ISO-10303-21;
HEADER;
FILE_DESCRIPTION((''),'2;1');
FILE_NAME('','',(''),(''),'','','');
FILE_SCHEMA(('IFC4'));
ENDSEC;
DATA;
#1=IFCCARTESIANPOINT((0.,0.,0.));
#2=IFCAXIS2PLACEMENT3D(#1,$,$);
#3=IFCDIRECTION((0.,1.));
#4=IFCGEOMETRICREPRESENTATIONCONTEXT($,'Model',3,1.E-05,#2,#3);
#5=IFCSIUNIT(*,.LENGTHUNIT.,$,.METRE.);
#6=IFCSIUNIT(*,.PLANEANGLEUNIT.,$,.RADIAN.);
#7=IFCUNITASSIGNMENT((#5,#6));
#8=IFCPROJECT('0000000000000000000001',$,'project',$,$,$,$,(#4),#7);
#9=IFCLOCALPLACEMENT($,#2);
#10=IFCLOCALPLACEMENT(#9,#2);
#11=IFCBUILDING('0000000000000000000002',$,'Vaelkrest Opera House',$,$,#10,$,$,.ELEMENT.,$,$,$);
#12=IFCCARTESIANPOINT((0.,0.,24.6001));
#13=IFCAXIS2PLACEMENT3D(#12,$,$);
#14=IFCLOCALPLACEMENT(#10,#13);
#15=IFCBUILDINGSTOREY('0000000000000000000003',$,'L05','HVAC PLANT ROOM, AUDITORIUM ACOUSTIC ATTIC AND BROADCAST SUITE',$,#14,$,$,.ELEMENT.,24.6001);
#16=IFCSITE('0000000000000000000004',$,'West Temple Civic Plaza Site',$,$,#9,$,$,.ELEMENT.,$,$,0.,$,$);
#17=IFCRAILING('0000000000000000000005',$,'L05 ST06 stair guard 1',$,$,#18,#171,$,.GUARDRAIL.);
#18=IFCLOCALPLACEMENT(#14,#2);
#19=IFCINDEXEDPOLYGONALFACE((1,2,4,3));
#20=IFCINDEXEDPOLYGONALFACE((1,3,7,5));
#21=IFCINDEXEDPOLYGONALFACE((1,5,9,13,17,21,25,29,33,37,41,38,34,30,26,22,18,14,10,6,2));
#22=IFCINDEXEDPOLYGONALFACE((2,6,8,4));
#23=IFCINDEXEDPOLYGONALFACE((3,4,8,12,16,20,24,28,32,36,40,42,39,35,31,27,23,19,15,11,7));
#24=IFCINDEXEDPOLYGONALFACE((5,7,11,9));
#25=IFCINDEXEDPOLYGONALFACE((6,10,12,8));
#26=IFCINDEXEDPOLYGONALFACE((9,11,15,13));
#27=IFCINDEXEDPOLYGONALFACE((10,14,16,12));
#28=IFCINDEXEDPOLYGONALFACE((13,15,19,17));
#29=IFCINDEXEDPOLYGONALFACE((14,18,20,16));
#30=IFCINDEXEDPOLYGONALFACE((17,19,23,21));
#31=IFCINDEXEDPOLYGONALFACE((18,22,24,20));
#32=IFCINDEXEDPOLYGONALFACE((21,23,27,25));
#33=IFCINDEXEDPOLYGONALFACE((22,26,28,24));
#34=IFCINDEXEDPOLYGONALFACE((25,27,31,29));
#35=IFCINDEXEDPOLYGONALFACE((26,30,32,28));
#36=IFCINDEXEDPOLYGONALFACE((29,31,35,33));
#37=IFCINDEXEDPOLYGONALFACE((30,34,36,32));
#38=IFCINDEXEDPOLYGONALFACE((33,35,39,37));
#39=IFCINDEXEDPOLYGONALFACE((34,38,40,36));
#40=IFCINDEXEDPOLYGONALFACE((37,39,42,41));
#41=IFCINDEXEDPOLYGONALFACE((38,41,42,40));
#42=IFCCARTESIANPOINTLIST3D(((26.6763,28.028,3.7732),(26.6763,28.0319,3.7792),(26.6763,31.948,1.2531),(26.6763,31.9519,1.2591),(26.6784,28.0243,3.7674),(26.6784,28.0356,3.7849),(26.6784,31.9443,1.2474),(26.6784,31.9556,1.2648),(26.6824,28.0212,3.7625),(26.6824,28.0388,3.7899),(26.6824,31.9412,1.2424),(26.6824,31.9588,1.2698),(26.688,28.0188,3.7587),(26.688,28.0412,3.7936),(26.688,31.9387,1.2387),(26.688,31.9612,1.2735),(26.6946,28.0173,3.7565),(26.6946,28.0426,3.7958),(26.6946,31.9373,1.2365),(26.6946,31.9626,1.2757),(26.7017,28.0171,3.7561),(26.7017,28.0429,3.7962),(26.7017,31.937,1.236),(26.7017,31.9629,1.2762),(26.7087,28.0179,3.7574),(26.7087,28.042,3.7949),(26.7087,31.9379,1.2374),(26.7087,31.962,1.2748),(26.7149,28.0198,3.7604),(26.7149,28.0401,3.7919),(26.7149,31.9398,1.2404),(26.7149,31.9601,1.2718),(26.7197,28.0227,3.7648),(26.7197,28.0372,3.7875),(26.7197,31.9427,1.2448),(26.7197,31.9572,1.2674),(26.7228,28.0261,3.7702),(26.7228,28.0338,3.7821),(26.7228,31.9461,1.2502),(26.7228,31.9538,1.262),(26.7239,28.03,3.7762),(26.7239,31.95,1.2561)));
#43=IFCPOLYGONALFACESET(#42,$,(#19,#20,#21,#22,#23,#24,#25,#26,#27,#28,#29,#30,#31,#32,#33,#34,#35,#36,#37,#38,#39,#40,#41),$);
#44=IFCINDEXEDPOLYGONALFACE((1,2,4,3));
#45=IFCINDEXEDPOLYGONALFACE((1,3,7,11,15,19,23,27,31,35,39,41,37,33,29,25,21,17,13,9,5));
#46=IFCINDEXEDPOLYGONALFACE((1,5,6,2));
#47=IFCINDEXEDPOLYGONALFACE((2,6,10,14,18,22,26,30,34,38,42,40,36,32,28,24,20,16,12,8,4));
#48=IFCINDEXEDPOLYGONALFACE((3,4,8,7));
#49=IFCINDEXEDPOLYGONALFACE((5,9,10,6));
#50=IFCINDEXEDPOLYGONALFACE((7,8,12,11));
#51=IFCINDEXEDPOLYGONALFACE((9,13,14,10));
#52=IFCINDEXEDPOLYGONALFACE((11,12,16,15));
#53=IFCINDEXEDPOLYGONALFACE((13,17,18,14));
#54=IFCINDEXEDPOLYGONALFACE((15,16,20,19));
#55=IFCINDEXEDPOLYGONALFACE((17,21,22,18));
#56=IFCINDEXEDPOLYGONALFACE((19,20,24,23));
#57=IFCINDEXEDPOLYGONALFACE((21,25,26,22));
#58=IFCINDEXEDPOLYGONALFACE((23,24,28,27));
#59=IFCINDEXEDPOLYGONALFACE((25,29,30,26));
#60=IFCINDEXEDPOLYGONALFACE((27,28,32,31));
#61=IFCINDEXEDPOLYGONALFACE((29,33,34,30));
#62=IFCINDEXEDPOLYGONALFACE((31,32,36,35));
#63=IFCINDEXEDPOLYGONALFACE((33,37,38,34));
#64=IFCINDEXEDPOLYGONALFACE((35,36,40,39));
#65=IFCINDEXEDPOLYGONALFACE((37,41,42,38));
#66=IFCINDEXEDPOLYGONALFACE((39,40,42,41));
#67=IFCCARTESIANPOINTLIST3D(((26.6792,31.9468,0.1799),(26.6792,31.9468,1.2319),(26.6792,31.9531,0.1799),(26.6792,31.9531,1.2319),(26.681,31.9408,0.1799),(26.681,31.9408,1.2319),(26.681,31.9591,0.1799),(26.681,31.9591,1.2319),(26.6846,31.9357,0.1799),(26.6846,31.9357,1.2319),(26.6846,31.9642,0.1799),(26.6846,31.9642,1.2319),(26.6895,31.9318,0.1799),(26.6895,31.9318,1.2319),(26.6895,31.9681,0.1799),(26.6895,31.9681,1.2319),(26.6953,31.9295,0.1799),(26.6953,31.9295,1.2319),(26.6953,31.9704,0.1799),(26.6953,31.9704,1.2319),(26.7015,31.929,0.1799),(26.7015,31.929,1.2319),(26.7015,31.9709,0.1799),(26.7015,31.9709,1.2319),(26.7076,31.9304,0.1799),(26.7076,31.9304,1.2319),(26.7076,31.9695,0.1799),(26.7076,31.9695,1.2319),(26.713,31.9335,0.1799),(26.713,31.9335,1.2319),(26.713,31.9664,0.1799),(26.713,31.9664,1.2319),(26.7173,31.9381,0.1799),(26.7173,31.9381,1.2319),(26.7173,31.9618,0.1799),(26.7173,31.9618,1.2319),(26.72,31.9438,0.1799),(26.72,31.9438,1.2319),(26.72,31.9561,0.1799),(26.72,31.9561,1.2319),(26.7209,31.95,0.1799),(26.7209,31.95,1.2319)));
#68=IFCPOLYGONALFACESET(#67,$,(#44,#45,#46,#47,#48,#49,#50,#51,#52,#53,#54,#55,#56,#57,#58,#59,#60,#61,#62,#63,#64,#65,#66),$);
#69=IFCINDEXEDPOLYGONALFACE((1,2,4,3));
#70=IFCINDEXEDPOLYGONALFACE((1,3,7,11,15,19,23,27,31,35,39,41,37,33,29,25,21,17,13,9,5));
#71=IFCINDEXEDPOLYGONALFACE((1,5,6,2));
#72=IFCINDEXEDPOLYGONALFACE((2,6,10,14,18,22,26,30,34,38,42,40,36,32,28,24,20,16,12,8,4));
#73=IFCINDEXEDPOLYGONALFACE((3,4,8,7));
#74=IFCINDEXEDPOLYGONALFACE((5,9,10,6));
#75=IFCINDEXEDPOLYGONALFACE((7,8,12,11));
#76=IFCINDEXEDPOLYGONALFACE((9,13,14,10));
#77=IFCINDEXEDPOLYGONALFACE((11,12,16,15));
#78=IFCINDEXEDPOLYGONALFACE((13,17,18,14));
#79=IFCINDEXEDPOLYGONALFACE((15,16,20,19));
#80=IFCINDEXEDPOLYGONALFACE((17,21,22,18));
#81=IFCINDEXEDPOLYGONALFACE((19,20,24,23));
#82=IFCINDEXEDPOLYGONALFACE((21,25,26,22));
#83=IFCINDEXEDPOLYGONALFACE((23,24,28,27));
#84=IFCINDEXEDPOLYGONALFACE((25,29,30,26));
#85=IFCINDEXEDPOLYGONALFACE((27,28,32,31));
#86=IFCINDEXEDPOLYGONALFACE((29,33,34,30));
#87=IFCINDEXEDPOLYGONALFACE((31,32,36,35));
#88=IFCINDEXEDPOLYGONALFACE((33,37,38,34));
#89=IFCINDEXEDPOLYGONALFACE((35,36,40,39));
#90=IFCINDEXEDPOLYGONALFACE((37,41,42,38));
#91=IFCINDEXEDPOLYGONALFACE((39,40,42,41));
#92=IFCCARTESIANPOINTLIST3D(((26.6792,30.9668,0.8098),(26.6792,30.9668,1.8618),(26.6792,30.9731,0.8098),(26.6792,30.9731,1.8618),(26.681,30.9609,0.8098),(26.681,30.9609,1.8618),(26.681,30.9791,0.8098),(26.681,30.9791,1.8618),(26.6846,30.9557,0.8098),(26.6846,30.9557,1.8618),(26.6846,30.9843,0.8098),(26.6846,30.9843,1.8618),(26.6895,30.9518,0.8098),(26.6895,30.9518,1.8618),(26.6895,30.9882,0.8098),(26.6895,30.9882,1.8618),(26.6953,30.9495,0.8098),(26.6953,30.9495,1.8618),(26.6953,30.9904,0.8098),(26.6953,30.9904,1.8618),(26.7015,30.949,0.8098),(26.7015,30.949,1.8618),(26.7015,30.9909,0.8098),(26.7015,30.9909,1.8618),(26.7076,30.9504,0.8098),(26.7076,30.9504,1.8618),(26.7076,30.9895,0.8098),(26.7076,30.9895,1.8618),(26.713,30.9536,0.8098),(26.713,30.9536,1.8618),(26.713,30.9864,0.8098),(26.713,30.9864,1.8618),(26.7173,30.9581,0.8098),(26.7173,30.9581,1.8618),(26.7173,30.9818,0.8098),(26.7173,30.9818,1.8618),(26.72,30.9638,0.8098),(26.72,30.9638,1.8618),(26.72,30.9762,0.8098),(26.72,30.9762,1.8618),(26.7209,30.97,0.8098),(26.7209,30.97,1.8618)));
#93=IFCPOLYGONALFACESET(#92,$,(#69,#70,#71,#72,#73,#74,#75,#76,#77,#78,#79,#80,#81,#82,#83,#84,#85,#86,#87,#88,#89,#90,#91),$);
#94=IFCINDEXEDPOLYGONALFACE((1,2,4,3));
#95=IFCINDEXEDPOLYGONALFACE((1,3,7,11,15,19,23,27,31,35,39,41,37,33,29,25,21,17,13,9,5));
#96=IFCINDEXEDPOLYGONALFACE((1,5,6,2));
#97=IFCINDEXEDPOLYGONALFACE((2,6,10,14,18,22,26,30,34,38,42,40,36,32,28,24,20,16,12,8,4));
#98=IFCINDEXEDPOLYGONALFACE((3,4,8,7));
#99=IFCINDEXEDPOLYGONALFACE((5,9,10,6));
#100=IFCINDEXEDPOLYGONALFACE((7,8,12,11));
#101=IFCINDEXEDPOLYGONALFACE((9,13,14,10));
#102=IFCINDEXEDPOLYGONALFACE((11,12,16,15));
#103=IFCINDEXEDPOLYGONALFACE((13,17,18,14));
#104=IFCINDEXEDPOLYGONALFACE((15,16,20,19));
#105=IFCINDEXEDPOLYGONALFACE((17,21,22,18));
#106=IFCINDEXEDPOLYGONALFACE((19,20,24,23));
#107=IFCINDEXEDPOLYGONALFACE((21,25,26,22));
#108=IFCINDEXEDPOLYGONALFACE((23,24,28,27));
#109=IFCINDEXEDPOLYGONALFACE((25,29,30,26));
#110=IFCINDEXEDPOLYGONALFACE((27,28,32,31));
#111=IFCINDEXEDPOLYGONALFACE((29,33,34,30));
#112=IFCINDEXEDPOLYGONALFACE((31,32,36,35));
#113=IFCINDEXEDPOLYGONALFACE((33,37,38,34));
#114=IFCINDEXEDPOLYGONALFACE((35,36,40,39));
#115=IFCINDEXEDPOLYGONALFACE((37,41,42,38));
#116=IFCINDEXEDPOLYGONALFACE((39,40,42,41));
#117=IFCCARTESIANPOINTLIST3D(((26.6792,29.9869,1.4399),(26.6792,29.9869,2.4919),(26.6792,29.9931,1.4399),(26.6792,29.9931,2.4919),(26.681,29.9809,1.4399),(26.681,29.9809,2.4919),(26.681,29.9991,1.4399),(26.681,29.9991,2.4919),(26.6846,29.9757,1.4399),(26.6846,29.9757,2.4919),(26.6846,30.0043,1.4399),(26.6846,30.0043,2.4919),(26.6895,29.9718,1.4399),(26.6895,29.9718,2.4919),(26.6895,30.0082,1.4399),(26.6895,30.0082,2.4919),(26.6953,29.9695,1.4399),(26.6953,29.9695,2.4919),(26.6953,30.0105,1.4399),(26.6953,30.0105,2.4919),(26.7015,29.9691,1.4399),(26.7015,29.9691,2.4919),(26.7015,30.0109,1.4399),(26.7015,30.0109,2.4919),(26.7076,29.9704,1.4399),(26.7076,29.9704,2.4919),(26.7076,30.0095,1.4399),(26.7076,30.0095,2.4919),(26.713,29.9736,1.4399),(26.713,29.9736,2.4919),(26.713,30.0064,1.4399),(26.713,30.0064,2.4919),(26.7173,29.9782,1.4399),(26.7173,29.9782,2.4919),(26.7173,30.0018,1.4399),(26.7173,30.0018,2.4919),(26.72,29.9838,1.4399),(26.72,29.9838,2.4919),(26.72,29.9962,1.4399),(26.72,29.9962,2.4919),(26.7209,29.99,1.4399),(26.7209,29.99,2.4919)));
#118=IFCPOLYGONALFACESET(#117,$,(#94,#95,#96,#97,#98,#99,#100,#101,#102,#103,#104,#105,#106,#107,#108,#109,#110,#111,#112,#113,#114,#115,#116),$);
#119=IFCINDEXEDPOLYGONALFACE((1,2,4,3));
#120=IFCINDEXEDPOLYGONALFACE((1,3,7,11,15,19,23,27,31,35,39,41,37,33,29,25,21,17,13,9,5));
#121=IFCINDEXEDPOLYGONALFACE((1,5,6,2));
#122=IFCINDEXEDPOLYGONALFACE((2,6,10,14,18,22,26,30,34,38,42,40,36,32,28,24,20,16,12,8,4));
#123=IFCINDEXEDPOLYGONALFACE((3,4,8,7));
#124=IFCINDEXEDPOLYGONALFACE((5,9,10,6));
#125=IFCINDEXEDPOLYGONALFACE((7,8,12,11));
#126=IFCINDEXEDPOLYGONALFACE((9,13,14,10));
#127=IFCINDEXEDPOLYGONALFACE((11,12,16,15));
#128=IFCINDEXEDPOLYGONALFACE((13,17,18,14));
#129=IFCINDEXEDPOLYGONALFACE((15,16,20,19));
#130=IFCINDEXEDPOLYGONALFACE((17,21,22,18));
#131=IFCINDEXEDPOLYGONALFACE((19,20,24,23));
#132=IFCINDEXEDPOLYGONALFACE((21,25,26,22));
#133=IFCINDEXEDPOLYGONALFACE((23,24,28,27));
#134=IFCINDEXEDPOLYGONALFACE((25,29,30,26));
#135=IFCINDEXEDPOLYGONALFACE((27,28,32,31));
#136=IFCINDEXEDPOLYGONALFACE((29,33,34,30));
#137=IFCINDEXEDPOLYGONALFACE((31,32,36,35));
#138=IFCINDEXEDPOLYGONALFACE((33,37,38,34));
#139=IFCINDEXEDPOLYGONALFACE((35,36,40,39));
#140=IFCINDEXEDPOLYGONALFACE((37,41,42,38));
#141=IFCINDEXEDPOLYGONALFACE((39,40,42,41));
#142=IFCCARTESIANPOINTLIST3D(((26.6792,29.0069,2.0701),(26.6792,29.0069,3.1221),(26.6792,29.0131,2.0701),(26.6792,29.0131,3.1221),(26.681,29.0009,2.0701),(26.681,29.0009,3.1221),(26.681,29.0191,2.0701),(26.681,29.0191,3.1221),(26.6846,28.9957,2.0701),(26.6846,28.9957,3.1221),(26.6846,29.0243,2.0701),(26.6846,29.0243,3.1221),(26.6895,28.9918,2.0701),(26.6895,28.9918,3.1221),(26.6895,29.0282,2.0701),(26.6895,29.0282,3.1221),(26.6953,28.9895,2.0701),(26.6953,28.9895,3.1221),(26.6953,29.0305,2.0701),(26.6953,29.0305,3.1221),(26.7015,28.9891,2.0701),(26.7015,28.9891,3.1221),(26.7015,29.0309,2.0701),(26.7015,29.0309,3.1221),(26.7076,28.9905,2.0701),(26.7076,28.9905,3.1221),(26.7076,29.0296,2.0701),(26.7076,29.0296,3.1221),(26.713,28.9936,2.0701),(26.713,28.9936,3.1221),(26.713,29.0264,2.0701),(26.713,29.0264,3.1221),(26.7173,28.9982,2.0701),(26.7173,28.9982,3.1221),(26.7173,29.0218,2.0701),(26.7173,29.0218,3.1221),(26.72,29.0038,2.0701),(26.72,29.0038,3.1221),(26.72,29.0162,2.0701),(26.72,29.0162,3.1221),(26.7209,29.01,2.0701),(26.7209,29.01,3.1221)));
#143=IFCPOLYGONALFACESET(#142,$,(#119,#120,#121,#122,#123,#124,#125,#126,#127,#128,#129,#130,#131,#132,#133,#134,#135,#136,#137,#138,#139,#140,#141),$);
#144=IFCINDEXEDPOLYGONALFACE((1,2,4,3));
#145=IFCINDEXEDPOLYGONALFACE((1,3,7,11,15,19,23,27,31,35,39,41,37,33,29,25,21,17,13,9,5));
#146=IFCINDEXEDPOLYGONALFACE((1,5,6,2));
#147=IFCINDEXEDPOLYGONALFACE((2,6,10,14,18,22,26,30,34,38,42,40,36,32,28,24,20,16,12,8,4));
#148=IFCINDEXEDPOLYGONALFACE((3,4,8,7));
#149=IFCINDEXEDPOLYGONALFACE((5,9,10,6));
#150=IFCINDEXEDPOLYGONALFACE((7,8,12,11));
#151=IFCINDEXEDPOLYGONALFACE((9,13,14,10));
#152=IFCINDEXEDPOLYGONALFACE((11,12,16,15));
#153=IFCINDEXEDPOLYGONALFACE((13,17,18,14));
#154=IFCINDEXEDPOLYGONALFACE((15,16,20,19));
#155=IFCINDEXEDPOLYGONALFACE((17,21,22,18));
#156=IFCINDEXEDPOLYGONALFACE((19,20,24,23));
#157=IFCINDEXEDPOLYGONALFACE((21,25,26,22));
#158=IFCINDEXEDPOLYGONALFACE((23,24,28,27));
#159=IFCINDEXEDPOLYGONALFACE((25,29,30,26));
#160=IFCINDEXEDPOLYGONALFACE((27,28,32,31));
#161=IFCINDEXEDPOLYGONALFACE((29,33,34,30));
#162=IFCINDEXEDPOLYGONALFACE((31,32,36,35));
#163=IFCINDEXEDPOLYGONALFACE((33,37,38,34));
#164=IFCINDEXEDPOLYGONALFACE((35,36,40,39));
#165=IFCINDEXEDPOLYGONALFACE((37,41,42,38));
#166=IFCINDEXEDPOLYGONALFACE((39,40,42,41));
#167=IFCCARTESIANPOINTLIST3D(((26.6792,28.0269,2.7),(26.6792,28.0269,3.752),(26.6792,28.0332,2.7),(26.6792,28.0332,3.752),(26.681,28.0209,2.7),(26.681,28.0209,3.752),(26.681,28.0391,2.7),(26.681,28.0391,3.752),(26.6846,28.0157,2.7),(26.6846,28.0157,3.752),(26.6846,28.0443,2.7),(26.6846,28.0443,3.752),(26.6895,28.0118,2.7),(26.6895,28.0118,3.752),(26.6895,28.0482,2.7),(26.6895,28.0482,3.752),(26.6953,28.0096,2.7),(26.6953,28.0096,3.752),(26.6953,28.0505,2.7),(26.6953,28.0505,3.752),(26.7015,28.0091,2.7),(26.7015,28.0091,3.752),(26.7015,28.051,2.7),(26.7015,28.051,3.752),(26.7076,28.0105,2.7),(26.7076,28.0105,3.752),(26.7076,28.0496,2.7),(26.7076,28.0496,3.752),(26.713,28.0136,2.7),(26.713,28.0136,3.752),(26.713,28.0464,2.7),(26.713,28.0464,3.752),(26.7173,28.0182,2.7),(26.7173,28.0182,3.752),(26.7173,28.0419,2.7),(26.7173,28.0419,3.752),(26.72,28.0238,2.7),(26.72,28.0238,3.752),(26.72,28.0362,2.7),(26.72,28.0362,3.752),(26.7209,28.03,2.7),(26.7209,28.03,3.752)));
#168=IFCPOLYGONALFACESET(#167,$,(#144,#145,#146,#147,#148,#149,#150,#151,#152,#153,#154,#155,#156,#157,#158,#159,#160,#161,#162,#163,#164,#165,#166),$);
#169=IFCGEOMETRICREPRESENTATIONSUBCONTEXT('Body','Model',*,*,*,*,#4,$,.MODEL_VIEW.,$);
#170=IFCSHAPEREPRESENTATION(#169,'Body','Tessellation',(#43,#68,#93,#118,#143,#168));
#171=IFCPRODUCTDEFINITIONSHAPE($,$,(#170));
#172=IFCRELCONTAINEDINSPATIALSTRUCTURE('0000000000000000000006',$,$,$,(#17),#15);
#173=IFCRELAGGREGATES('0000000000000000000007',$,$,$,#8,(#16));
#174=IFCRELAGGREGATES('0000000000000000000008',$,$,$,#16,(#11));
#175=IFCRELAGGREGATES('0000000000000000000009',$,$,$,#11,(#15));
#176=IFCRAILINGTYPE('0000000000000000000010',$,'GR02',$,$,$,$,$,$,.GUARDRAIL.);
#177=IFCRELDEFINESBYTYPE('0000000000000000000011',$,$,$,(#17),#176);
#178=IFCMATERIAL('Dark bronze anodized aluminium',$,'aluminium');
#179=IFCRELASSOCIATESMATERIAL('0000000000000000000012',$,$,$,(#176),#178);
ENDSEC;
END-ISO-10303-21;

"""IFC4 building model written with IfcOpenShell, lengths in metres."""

from ifc_helpers import new_model, si_unit, direction, frame, origin, origin_2d, place, context, subcontext, project, spatial, circle, extrude, material, type_object, element, save


model = new_model("IFC4")

# Units and contexts
model_context = context("Model", 3, precision=1e-05, world=origin(), true_north=direction((0.0, 1.0)))
body_context = subcontext(model_context, "Body", "Model", "MODEL_VIEW")
ifc_project = project(units=[si_unit("LENGTHUNIT", "METRE"), si_unit("PLANEANGLEUNIT", "RADIAN")], contexts=[model_context])

# Site, building, storey
site_placement = place(None, origin())
site = spatial("IfcSite", under=ifc_project, at=site_placement, Name="West Temple Civic Plaza Site", CompositionType="ELEMENT", RefElevation=0.0)
building_placement = place(site_placement, origin())
building = spatial("IfcBuilding", under=site, at=building_placement, Name="Vaelkrest Opera House", CompositionType="ELEMENT")
storey_placement = place(building_placement, frame((0.0, 0.0, 24.6001)))
storey = spatial("IfcBuildingStorey", under=building, at=storey_placement, Name="L05", Description="HVAC PLANT ROOM, AUDITORIUM ACOUSTIC ATTIC AND BROADCAST SUITE", CompositionType="ELEMENT", Elevation=24.6001)

# Railing
ifc_material_1 = material(Name="Dark bronze anodized aluminium", Category="aluminium")
railing_type_1 = type_object("IfcRailingType", Name="GR02", PredefinedType="GUARDRAIL", material=ifc_material_1)
railing_1_placement = place(storey_placement, frame((26.7, 31.95, 0.1799)))
element("IfcRailing", 1, at=railing_1_placement, inside=storey, type_object=railing_type_1, Name="L05 ST06 stair guard 1", PredefinedType="GUARDRAIL", context=body_context, shape_type="SweptSolid", body=[
    extrude(circle(Radius=0.0239, at=origin_2d()), frame((0.0, 0.0, 1.0762), z_axis=(0.0, -0.841172, 0.540768), x_axis=(1.0, 0.0, 0.0)), (0.0, 0.0, 1.0), 4.6602),
    extrude(circle(Radius=0.021, at=origin_2d()), origin(), (0.0, 0.0, 1.0), 1.052),
    extrude(circle(Radius=0.021, at=origin_2d()), frame((0.0, -0.98, 0.6299)), (0.0, 0.0, 1.0), 1.052),
    extrude(circle(Radius=0.021, at=origin_2d()), frame((0.0, -1.96, 1.26)), (0.0, 0.0, 1.0), 1.052),
    extrude(circle(Radius=0.021, at=origin_2d()), frame((0.0, -2.9399, 1.8901)), (0.0, 0.0, 1.0), 1.052),
    extrude(circle(Radius=0.021, at=origin_2d()), frame((0.0, -3.9199, 2.52)), (0.0, 0.0, 1.0), 1.052),
])

save(model, "model.ifc")
